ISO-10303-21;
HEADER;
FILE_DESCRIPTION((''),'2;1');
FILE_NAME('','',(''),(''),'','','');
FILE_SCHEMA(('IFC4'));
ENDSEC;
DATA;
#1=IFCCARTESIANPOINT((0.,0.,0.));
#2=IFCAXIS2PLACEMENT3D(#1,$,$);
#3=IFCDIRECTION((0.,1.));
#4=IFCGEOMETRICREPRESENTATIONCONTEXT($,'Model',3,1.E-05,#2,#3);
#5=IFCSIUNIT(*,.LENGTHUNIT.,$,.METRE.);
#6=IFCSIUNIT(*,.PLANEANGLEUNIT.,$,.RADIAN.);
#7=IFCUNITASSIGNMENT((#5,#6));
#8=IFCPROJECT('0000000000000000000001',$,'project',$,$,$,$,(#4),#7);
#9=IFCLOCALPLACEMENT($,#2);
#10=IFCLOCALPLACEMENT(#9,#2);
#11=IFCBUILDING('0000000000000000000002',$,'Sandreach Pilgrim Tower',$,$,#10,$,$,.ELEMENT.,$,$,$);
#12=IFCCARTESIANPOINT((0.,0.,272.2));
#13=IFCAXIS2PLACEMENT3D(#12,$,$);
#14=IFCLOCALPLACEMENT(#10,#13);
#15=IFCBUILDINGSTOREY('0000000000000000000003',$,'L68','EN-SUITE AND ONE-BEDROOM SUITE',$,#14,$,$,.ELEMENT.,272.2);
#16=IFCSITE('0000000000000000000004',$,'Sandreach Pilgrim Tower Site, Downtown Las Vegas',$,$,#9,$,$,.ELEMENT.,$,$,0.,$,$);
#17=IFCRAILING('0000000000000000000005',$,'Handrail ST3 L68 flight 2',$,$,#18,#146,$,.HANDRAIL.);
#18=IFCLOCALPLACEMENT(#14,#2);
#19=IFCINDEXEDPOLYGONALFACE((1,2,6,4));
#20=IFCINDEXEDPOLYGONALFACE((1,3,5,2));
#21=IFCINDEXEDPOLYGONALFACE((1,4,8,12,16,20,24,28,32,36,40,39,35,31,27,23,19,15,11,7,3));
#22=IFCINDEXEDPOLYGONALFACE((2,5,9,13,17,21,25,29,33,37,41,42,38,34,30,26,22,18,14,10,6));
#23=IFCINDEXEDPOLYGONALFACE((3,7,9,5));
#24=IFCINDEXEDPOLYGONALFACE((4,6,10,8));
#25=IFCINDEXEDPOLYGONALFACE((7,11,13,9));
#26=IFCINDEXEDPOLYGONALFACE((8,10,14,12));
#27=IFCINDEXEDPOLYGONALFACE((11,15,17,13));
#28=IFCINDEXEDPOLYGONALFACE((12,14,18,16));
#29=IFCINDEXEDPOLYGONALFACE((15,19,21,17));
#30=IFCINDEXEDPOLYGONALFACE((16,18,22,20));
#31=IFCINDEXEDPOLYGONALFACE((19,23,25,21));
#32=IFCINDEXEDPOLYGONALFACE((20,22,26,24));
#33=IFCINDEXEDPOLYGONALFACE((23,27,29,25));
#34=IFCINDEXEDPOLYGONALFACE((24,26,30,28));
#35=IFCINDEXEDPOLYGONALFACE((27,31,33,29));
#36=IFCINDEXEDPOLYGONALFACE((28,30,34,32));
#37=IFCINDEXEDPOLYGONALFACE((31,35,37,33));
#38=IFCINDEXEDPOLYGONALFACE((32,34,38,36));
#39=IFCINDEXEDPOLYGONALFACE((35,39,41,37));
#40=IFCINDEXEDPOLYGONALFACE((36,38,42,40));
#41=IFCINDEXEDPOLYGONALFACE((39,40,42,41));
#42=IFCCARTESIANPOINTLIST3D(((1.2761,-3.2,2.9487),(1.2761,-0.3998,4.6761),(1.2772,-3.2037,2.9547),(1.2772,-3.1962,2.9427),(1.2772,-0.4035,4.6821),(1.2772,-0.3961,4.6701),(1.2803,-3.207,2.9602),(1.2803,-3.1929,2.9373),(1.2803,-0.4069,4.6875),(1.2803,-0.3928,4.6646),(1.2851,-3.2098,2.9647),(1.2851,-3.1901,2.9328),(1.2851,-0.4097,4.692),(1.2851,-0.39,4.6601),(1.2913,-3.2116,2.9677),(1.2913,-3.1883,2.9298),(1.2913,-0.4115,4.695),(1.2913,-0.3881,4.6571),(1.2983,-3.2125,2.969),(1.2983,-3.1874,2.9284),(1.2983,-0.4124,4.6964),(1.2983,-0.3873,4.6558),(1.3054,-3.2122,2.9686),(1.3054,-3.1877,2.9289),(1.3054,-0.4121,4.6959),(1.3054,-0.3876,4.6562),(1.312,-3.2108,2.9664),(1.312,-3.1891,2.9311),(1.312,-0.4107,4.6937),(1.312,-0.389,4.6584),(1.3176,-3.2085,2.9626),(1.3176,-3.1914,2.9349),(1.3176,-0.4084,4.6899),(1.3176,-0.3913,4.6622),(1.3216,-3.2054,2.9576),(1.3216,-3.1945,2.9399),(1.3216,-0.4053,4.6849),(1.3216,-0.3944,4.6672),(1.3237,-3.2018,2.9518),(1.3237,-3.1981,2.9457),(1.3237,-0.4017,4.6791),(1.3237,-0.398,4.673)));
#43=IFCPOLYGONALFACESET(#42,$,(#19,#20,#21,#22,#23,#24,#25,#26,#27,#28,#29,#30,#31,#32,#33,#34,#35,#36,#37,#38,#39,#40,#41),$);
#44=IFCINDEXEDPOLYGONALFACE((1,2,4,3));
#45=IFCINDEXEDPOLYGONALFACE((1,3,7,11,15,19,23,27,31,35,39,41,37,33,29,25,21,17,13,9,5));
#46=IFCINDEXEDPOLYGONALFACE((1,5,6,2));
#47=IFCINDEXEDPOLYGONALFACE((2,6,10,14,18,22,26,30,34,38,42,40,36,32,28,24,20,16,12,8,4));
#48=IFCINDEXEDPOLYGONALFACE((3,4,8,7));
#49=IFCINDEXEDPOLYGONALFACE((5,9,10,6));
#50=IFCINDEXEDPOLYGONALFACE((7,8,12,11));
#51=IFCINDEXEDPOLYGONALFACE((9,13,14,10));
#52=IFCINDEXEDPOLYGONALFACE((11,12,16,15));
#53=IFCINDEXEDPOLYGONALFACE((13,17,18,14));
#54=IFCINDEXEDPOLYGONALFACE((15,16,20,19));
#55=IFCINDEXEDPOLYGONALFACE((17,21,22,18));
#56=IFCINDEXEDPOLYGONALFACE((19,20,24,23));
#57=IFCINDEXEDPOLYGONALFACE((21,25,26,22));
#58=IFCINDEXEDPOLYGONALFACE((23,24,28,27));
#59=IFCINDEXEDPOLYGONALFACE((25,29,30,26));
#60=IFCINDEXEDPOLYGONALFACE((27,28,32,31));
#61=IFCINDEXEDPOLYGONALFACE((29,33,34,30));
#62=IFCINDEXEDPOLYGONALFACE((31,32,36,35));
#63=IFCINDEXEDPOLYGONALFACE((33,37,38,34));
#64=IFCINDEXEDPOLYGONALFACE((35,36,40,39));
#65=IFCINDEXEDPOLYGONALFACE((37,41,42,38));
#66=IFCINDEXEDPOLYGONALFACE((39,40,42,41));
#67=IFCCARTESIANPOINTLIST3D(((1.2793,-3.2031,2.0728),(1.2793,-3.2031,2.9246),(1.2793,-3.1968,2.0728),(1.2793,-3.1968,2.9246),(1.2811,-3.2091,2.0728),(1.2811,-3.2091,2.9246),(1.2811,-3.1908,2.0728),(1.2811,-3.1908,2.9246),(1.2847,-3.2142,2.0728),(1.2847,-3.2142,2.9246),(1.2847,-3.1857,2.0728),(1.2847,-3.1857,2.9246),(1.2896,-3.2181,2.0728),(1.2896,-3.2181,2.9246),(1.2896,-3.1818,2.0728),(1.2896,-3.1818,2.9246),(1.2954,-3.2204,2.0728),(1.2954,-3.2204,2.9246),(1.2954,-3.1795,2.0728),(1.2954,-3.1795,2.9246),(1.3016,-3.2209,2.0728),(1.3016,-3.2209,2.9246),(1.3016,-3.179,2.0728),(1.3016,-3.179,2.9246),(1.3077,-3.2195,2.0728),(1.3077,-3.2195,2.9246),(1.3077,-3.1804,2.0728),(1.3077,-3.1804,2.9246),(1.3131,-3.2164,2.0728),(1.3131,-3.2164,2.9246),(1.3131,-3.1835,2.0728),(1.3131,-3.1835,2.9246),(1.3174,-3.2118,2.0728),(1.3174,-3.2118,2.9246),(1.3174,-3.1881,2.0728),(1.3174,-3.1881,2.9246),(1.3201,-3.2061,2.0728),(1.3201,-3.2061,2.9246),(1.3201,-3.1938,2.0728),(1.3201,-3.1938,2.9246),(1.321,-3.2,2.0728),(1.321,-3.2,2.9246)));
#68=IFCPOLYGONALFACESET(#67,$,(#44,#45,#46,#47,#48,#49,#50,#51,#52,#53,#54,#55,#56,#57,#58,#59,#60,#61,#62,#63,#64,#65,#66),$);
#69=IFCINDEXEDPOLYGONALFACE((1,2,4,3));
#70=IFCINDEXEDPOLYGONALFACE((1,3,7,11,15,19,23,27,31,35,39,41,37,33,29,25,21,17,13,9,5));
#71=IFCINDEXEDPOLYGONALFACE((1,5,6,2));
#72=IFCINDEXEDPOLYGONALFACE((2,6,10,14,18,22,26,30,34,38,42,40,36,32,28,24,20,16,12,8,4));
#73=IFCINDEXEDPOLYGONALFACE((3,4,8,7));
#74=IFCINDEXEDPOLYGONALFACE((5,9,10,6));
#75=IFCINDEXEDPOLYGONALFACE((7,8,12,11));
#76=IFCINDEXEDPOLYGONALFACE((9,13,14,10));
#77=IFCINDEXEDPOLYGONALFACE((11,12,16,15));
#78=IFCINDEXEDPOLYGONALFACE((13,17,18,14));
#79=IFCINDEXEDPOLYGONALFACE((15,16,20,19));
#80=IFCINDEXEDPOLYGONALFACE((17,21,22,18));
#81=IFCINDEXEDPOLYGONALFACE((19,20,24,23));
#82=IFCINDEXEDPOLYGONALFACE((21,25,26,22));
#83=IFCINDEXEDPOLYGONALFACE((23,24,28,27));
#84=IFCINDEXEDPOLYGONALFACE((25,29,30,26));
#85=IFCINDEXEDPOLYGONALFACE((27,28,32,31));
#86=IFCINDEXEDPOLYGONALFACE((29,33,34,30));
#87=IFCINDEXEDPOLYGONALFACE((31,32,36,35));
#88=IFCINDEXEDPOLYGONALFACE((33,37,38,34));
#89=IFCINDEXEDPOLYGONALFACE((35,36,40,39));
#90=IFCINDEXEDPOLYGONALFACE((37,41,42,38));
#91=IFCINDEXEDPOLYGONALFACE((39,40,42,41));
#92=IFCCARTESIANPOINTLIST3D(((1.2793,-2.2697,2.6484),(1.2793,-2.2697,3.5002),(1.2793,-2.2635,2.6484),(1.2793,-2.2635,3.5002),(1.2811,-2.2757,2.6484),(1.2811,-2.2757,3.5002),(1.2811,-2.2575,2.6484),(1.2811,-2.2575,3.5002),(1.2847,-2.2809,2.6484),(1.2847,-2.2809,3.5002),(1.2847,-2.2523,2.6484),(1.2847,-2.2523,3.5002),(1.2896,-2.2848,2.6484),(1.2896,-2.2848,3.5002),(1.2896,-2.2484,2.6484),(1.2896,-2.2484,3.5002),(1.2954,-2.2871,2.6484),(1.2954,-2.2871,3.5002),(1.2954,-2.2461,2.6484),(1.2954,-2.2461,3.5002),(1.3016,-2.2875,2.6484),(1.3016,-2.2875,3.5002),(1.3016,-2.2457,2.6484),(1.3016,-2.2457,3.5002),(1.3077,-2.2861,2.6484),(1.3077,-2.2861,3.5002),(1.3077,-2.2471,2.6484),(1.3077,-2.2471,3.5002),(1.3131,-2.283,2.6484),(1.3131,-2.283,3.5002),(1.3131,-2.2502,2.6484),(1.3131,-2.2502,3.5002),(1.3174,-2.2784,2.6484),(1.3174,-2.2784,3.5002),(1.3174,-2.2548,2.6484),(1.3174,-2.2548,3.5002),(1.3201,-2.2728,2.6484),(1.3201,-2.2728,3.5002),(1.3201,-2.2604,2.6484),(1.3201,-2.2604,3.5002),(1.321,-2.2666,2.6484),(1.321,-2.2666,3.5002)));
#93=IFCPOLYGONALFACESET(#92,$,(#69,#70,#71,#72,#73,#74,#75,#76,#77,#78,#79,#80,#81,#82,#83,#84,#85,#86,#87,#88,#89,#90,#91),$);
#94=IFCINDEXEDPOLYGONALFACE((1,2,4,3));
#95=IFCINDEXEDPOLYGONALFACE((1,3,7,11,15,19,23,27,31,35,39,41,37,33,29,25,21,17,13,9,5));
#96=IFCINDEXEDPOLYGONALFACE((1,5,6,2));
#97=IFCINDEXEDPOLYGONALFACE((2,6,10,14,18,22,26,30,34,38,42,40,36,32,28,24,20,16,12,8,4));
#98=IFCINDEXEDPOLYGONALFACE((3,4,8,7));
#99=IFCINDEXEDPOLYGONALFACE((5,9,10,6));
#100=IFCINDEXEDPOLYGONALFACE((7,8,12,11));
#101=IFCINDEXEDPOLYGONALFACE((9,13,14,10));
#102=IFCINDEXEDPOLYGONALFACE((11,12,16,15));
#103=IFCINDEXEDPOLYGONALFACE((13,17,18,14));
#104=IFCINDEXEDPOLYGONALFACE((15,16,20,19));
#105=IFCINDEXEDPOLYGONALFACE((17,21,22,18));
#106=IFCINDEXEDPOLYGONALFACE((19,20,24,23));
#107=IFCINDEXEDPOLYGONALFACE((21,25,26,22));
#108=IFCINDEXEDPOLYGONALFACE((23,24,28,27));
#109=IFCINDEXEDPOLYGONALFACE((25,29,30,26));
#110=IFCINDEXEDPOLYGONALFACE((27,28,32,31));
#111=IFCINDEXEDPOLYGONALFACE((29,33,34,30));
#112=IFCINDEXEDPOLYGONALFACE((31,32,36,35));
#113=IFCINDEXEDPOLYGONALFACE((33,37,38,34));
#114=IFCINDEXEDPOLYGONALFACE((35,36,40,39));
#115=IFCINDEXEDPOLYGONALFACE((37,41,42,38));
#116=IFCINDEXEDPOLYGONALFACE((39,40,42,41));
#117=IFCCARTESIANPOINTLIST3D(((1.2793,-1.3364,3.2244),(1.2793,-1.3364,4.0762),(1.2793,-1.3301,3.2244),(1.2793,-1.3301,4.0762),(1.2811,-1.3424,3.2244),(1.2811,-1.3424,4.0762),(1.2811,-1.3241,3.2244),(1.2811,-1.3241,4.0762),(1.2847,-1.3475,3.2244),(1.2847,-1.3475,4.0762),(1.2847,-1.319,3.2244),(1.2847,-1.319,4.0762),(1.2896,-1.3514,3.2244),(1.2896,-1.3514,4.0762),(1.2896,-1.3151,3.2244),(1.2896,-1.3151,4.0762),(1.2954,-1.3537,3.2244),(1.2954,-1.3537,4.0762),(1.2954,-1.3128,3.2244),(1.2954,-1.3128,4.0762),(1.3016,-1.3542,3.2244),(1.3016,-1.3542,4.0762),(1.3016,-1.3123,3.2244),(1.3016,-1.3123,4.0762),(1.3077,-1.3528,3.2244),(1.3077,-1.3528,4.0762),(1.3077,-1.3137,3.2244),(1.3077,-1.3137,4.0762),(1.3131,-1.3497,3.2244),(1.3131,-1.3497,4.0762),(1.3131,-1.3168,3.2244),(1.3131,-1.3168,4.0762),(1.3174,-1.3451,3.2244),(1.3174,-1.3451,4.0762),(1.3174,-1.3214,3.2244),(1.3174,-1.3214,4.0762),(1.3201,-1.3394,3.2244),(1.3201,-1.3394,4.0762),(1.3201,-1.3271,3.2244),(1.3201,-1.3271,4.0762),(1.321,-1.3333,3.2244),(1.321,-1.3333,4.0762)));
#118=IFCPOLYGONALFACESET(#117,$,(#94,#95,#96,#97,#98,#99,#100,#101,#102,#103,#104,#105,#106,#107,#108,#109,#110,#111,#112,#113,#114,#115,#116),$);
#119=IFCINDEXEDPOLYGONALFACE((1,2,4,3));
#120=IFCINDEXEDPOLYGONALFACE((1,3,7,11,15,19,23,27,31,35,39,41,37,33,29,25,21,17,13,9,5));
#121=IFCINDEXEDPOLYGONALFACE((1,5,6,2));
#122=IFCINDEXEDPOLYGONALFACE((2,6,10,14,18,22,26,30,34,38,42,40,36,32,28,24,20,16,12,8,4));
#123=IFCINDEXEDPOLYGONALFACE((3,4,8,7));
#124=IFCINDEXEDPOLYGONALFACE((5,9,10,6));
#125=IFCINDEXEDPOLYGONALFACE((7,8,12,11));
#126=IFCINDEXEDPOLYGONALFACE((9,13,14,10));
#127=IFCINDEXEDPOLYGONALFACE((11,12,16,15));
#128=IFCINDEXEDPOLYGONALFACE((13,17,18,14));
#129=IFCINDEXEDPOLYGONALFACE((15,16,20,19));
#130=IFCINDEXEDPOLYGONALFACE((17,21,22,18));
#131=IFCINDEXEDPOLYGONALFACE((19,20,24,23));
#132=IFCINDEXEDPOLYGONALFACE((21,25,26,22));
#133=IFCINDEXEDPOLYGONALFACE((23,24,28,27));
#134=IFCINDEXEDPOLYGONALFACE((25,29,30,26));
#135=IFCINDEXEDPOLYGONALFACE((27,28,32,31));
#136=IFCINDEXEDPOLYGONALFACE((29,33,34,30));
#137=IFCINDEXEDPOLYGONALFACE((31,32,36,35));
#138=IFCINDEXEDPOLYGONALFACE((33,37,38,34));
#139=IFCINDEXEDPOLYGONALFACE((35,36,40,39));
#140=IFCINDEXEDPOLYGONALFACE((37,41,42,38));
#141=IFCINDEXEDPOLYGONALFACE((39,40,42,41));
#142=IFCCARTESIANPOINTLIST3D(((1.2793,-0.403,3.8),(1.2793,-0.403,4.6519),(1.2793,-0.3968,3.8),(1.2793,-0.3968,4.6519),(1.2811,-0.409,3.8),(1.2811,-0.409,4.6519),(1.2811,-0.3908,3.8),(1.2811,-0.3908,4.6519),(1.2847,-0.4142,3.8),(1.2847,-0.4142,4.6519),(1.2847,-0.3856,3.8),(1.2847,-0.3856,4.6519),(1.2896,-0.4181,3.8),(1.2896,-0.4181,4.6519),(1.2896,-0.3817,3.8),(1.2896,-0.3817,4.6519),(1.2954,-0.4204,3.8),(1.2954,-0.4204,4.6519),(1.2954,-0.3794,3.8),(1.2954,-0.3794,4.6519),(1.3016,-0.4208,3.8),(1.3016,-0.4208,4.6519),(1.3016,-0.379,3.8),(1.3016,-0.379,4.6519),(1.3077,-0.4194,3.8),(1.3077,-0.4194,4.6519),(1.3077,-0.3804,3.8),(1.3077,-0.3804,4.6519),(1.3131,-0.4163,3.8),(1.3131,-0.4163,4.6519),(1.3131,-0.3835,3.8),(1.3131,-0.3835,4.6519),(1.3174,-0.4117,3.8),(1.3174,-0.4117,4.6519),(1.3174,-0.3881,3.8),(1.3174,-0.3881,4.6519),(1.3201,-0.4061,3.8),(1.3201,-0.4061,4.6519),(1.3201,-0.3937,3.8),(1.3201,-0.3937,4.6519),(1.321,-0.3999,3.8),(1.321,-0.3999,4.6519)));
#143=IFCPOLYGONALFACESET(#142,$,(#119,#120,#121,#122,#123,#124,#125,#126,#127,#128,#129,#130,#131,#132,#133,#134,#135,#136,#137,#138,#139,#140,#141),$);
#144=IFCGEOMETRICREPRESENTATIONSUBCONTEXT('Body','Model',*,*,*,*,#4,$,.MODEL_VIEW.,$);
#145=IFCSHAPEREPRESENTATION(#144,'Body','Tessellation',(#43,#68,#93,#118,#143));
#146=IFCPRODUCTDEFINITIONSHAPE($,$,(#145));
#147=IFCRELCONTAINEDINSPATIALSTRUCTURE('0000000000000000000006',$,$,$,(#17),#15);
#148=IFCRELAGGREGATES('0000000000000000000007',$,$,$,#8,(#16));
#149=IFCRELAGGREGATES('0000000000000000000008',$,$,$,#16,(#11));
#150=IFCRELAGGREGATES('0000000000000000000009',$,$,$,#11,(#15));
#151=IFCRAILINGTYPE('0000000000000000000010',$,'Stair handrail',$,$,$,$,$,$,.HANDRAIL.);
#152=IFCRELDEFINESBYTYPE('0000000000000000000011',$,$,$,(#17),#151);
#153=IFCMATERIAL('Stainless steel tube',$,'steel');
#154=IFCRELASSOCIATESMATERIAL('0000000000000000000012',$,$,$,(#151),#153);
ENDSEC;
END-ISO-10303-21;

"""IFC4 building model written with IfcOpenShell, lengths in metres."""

from ifc_helpers import new_model, si_unit, direction, frame, origin, origin_2d, place, context, subcontext, project, spatial, circle, extrude, material, type_object, element, save


model = new_model("IFC4")

# Units and contexts
model_context = context("Model", 3, precision=1e-05, world=origin(), true_north=direction((0.0, 1.0)))
body_context = subcontext(model_context, "Body", "Model", "MODEL_VIEW")
ifc_project = project(units=[si_unit("LENGTHUNIT", "METRE"), si_unit("PLANEANGLEUNIT", "RADIAN")], contexts=[model_context])

# Site, building, storey
site_placement = place(None, origin())
site = spatial("IfcSite", under=ifc_project, at=site_placement, Name="Sandreach Pilgrim Tower Site, Downtown Las Vegas", CompositionType="ELEMENT", RefElevation=0.0)
building_placement = place(site_placement, origin())
building = spatial("IfcBuilding", under=site, at=building_placement, Name="Sandreach Pilgrim Tower", CompositionType="ELEMENT")
storey_placement = place(building_placement, frame((0.0, 0.0, 272.2)))
storey = spatial("IfcBuildingStorey", under=building, at=storey_placement, Name="L68", Description="EN-SUITE AND ONE-BEDROOM SUITE", CompositionType="ELEMENT", Elevation=272.2)

# Railing
ifc_material_1 = material(Name="Stainless steel tube", Category="steel")
railing_type = type_object("IfcRailingType", Name="Stair handrail", PredefinedType="HANDRAIL", material=ifc_material_1)
for number, where, name in (
    (1, (1.3, -3.2, 2.0728), "Handrail ST3 L68 flight 2"),
):
    element("IfcRailing", number, at=place(storey_placement, frame(where)), inside=storey, type_object=railing_type, Name=name, PredefinedType="HANDRAIL", context=body_context, shape_type="SweptSolid", body=[
        extrude(circle(Radius=0.0239, at=origin_2d()), frame((0.0, 0.0, 0.876), z_axis=(0.0, 0.85109, 0.52502), x_axis=(-1.0, 0.0, 0.0)), (0.0, 0.0, 1.0), 3.29),
        extrude(circle(Radius=0.021, at=origin_2d()), origin(), (0.0, 0.0, 1.0), 0.8518),
        extrude(circle(Radius=0.021, at=origin_2d()), frame((0.0, 0.9333, 0.5757)), (0.0, 0.0, 1.0), 0.8518),
        extrude(circle(Radius=0.021, at=origin_2d()), frame((0.0, 1.8667, 1.1516)), (0.0, 0.0, 1.0), 0.8518),
        extrude(circle(Radius=0.021, at=origin_2d()), frame((0.0, 2.8, 1.7273)), (0.0, 0.0, 1.0), 0.8518),
    ])

save(model, "model.ifc")
